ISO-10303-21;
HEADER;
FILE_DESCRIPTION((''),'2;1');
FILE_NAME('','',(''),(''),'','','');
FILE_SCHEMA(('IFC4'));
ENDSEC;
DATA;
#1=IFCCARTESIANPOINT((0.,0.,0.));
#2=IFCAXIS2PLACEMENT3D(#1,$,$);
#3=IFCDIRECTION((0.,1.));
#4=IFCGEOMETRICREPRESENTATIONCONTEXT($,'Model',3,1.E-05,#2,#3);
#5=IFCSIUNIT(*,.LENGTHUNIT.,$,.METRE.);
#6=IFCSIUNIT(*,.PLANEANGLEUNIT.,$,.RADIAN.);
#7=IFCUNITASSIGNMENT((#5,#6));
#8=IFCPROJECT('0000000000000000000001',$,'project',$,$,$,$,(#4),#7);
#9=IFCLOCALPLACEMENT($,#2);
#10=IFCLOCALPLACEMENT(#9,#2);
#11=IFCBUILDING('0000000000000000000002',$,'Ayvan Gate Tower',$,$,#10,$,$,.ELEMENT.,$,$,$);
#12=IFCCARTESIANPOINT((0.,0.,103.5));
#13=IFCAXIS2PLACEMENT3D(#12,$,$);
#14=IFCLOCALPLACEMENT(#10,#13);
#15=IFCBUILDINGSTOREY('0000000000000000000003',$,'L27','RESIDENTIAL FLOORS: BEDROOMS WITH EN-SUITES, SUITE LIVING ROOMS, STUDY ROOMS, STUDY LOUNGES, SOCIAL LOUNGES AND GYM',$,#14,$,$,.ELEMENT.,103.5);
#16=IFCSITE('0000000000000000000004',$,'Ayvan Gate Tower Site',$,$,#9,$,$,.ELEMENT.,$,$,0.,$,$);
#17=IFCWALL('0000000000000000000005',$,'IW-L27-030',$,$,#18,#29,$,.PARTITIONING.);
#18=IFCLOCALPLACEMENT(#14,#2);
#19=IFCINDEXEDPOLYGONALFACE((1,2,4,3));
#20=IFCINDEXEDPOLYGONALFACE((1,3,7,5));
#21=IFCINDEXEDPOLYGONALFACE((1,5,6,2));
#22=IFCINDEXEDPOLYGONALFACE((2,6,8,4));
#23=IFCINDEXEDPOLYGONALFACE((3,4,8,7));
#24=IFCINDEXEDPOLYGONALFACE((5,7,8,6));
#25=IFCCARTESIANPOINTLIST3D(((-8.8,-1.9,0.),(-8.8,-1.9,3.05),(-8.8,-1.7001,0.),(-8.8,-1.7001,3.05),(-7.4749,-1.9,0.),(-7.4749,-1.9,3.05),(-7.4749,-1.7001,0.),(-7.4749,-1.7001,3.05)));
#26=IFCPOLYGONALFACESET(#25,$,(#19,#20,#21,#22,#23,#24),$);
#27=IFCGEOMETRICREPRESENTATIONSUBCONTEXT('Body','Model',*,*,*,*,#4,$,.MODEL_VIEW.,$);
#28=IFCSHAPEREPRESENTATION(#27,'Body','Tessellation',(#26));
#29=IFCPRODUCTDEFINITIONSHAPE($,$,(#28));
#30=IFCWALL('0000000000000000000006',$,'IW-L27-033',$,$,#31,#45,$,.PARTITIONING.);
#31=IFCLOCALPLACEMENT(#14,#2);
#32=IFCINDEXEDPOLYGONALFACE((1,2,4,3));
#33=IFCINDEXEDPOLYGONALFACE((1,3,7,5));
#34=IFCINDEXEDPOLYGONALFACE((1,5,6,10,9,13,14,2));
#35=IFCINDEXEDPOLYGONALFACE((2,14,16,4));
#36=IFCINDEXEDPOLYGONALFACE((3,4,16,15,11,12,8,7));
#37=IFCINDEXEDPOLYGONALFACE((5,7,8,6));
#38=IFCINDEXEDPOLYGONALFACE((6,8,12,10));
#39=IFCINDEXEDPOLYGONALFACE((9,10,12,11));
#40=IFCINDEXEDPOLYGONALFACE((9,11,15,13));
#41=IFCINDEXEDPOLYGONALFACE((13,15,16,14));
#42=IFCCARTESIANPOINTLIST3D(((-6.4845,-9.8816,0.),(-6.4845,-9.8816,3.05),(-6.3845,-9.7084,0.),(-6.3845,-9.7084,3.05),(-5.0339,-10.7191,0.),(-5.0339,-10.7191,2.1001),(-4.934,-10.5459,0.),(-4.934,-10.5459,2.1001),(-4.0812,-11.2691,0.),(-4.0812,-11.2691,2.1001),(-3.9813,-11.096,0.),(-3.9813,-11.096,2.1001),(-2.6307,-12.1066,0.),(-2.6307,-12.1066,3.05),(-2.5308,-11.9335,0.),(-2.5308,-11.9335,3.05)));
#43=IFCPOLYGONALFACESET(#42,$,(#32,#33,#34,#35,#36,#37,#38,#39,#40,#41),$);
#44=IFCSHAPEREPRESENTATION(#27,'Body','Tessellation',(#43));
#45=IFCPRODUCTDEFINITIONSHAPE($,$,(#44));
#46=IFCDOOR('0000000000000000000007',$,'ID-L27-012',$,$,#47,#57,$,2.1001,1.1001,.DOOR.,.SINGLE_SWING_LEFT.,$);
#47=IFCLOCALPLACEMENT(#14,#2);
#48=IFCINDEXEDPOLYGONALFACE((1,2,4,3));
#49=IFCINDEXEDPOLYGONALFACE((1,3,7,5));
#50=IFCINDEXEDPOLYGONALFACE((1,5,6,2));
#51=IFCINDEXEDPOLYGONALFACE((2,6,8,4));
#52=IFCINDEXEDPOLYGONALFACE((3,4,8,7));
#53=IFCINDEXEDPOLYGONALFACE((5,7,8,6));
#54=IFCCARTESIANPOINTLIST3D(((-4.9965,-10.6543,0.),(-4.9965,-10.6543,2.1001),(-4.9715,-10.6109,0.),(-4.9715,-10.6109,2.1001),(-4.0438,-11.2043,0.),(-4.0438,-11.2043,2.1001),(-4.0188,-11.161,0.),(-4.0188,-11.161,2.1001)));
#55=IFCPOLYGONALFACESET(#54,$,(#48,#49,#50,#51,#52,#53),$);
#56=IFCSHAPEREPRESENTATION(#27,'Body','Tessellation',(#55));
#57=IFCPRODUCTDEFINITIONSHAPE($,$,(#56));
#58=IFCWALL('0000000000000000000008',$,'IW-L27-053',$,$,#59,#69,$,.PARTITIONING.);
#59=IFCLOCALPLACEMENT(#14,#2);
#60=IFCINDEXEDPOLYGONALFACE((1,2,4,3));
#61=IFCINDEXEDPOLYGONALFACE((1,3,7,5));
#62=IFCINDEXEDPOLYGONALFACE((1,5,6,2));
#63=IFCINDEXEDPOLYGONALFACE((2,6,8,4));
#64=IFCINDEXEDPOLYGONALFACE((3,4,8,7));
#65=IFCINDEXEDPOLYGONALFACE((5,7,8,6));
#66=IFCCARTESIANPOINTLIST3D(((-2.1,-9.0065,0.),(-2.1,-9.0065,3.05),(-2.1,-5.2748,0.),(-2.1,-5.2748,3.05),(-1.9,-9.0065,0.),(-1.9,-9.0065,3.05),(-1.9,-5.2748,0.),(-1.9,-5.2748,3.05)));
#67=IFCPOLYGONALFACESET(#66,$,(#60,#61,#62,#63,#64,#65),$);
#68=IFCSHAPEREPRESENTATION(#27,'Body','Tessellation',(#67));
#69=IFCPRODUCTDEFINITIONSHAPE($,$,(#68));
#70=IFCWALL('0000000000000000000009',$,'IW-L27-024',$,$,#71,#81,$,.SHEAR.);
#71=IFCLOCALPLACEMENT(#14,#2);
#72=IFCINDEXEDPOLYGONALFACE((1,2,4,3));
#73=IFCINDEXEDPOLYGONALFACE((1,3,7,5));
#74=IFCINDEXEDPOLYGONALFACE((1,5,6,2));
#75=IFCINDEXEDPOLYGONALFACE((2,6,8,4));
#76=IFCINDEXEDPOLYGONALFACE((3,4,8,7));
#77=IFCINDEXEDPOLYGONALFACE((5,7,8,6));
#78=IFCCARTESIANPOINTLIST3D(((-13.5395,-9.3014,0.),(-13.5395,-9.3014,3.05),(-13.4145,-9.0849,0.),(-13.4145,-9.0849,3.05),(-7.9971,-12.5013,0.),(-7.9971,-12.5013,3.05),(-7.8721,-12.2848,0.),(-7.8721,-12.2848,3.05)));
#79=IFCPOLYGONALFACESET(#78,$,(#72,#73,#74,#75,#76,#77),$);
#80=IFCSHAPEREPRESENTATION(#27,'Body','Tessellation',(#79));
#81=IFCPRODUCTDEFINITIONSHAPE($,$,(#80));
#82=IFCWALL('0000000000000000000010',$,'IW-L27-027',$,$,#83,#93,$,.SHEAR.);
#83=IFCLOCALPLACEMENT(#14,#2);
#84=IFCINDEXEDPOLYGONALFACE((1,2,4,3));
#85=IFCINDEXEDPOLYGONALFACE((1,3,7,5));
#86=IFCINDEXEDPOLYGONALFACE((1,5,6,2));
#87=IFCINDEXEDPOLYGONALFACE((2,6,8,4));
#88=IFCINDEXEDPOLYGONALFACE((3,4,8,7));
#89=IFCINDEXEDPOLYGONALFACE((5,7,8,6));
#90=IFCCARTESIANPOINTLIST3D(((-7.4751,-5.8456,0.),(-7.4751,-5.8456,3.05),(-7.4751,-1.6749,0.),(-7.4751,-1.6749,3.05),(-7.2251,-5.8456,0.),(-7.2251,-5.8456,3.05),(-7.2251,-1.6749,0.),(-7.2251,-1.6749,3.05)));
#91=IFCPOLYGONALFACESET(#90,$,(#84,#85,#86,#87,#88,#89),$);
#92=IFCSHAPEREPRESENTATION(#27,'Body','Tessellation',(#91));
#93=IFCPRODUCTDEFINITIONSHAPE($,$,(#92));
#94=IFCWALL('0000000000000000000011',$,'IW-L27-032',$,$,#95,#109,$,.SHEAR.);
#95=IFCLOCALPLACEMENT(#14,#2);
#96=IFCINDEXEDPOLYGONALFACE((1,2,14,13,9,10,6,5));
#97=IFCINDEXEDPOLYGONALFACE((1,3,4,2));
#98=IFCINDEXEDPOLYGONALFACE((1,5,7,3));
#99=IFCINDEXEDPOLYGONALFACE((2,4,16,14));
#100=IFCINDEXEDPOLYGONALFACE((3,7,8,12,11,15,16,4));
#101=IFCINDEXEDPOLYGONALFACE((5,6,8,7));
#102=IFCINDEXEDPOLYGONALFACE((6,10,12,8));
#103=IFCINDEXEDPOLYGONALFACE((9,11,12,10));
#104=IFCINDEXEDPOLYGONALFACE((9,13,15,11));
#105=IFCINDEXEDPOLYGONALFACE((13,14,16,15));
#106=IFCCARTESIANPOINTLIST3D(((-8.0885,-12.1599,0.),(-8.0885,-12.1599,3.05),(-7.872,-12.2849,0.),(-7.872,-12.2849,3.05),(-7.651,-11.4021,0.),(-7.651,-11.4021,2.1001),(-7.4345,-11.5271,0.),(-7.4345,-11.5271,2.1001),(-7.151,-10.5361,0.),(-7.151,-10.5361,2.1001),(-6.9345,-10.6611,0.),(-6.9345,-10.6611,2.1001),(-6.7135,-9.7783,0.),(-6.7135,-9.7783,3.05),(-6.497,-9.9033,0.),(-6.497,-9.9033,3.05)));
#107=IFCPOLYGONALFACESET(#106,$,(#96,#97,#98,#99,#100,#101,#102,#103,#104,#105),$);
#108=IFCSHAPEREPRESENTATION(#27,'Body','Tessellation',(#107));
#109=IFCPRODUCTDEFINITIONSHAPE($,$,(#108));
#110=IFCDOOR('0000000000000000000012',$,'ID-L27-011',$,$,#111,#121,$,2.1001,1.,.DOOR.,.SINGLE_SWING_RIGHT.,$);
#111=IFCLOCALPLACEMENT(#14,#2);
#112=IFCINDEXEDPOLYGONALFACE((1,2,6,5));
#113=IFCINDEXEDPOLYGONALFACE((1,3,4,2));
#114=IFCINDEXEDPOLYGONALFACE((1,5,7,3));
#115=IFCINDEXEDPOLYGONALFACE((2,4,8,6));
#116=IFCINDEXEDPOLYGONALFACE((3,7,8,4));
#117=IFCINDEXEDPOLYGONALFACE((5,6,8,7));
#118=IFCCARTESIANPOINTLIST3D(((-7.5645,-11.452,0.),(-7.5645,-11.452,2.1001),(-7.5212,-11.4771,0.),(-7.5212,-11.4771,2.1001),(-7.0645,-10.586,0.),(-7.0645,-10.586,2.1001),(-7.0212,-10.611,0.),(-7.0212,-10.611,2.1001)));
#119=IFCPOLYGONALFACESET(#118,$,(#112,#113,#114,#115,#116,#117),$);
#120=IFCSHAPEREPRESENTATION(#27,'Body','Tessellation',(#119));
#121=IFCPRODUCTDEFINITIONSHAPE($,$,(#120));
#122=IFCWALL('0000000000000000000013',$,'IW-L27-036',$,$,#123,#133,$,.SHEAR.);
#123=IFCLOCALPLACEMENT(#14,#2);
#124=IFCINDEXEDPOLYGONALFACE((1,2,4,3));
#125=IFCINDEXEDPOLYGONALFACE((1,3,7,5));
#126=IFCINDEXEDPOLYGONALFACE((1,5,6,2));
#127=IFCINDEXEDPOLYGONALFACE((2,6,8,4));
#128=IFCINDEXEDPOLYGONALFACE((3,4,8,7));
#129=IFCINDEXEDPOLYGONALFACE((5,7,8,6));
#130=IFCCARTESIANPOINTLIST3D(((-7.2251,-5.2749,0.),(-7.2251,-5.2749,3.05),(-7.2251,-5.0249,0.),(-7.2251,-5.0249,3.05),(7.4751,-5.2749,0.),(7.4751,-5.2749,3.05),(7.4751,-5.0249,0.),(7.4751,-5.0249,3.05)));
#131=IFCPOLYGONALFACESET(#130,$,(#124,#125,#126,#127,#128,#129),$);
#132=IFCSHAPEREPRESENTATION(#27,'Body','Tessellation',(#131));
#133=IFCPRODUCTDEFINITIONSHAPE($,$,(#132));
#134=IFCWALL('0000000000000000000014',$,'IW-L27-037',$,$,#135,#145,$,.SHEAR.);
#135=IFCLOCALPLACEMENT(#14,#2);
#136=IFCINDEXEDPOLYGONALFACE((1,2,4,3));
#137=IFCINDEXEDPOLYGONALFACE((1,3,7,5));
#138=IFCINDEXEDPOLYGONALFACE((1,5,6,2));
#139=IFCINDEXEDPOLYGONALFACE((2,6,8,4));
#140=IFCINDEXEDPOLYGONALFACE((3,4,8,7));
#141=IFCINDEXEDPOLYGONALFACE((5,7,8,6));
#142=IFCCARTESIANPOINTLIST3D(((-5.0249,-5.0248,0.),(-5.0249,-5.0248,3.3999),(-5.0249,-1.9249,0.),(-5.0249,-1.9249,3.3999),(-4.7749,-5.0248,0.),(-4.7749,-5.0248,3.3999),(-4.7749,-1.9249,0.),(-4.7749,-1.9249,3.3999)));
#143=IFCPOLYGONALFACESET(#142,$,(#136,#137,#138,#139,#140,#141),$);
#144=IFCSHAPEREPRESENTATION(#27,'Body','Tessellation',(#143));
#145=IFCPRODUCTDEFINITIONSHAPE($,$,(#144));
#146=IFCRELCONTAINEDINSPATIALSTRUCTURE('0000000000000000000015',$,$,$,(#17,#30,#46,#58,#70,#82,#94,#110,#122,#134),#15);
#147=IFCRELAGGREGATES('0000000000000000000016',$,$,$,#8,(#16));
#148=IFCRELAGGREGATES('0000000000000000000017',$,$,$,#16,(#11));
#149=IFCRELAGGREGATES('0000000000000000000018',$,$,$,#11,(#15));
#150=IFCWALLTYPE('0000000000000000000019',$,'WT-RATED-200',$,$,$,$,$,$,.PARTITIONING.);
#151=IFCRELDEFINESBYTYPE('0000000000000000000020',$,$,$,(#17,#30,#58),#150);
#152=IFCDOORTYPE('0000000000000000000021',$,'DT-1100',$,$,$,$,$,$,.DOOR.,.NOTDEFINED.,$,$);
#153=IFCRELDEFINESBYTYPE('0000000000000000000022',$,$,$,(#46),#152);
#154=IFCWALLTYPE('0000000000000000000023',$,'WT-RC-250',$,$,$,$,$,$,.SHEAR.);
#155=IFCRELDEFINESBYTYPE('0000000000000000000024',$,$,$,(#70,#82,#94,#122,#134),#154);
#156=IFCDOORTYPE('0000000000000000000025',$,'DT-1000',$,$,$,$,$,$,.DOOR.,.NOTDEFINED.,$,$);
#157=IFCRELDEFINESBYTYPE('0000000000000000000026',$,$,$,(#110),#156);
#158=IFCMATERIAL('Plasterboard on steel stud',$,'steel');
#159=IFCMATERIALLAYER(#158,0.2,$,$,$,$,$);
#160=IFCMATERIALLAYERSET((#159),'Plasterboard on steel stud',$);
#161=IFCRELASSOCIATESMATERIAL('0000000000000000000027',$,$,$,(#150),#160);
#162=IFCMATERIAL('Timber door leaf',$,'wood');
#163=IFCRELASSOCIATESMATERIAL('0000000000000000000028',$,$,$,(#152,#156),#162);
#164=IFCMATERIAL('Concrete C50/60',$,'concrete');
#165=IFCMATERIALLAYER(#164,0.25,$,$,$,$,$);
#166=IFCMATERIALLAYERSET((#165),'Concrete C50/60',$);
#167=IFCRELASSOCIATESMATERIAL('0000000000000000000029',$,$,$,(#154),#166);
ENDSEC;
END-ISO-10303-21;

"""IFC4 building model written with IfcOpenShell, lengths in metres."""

from ifc_helpers import new_model, si_unit, direction, frame, frame_2d, origin, place, context, subcontext, project, spatial, rectangle, extrude, material, layer, layer_set, type_object, element, fill, save


model = new_model("IFC4")

# Units and contexts
model_context = context("Model", 3, precision=1e-05, world=origin(), true_north=direction((0.0, 1.0)))
body_context = subcontext(model_context, "Body", "Model", "MODEL_VIEW")
ifc_project = project(units=[si_unit("LENGTHUNIT", "METRE"), si_unit("PLANEANGLEUNIT", "RADIAN")], contexts=[model_context])

# Site, building, storey
site_placement = place(None, origin())
site = spatial("IfcSite", under=ifc_project, at=site_placement, Name="Ayvan Gate Tower Site", CompositionType="ELEMENT", RefElevation=0.0)
building_placement = place(site_placement, origin())
building = spatial("IfcBuilding", under=site, at=building_placement, Name="Ayvan Gate Tower", CompositionType="ELEMENT")
storey_placement = place(building_placement, frame((0.0, 0.0, 103.5)))
storey = spatial("IfcBuildingStorey", under=building, at=storey_placement, Name="L27", Description="RESIDENTIAL FLOORS: BEDROOMS WITH EN-SUITES, SUITE LIVING ROOMS, STUDY ROOMS, STUDY LOUNGES, SOCIAL LOUNGES AND GYM", CompositionType="ELEMENT", Elevation=103.5)

# Wall
ifc_material_1 = material(Name="Plasterboard on steel stud", Category="steel")
ifc_layer_1 = layer(ifc_material_1, 0.2)
ifc_layer_set_1 = layer_set([ifc_layer_1], Name="Plasterboard on steel stud")
wall_type_1 = type_object("IfcWallType", Name="WT-RATED-200", PredefinedType="PARTITIONING", material=ifc_layer_set_1)
wall_1_placement = place(storey_placement, frame((-7.4749, -1.8, 0.0), z_axis=(0.0, 0.0, 1.0), x_axis=(-1.0, 0.0, 0.0)))
element("IfcWall", 1, at=wall_1_placement, inside=storey, type_object=wall_type_1, Name="IW-L27-030", PredefinedType="PARTITIONING", context=body_context, shape_type="SweptSolid", body=[
    extrude(rectangle(XDim=1.3252, YDim=0.2, at=frame_2d((0.6626, 0.0))), origin(), (0.0, 0.0, 1.0), 3.05),
])

# Wall, opening, door
wall_2_placement = place(storey_placement, frame((-6.4346, -9.7949, 0.0), z_axis=(0.0, 0.0, 1.0), x_axis=(0.866013, -0.500022, 0.0)))
wall_2 = element("IfcWall", 2, at=wall_2_placement, inside=storey, type_object=wall_type_1, Name="IW-L27-033", PredefinedType="PARTITIONING", context=body_context, shape_type="SweptSolid", body=[
    extrude(rectangle(XDim=4.45, YDim=0.2, at=frame_2d((2.2251, 0.0))), origin(), (0.0, 0.0, 1.0), 3.05),
])
opening_1_placement = place(wall_2_placement, frame((1.675, 0.0, 0.0)))
opening_1 = element("IfcOpeningElement", 3, at=opening_1_placement, cuts=wall_2, PredefinedType="OPENING", context=body_context, shape_type="SweptSolid", body=[
    extrude(rectangle(XDim=1.1001, YDim=2.1001, at=frame_2d((0.55, 1.05))), frame((0.0, 0.1099, 0.0), z_axis=(0.0, -1.0, 0.0), x_axis=(1.0, 0.0, 0.0)), (0.0, 0.0, 1.0), 0.22),
])
ifc_material_2 = material(Name="Timber door leaf", Category="wood")
door_type_1 = type_object("IfcDoorType", Name="DT-1100", OperationType="NOTDEFINED", PredefinedType="DOOR", material=ifc_material_2)
door_1_placement = place(opening_1_placement, origin())
door_1 = element("IfcDoor", 4, at=door_1_placement, inside=storey, type_object=door_type_1, Name="ID-L27-012", OperationType="SINGLE_SWING_LEFT", OverallHeight=2.1001, OverallWidth=1.1001, PredefinedType="DOOR", context=body_context, shape_type="SweptSolid", body=[
    extrude(rectangle(XDim=1.1001, YDim=2.1001, at=frame_2d((0.55, 1.05))), frame((0.0, 0.0249, 0.0), z_axis=(0.0, -1.0, 0.0), x_axis=(1.0, 0.0, 0.0)), (0.0, 0.0, 1.0), 0.05),
])
fill(opening_1, door_1)

# Walls
wall_3_placement = place(storey_placement, frame((-2.0, -5.2749, 0.0), z_axis=(0.0, 0.0, 1.0), x_axis=(0.0, -1.0, 0.0)))
element("IfcWall", 5, at=wall_3_placement, inside=storey, type_object=wall_type_1, Name="IW-L27-053", PredefinedType="PARTITIONING", context=body_context, shape_type="SweptSolid", body=[
    extrude(rectangle(XDim=3.7317, YDim=0.2, at=frame_2d((1.8657, 0.0))), origin(), (0.0, 0.0, 1.0), 3.05),
])
ifc_material_3 = material(Name="Concrete C50/60", Category="concrete")
ifc_layer_2 = layer(ifc_material_3, 0.25)
ifc_layer_set_2 = layer_set([ifc_layer_2], Name="Concrete C50/60")
wall_type_2 = type_object("IfcWallType", Name="WT-RC-250", PredefinedType="SHEAR", material=ifc_layer_set_2)
wall_4_placement = place(storey_placement, frame((-7.9346, -12.3931, 0.0), z_axis=(0.0, 0.0, 1.0), x_axis=(-0.866025, 0.5, 0.0)))
element("IfcWall", 6, at=wall_4_placement, inside=storey, type_object=wall_type_2, Name="IW-L27-024", PredefinedType="SHEAR", context=body_context, shape_type="SweptSolid", body=[
    extrude(rectangle(XDim=6.3999, YDim=0.25, at=frame_2d((3.2, 0.0))), origin(), (0.0, 0.0, 1.0), 3.05),
])
wall_5_placement = place(storey_placement, frame((-7.3501, -5.8457, 0.0), z_axis=(0.0, 0.0, 1.0), x_axis=(0.0, 1.0, 0.0)))
element("IfcWall", 7, at=wall_5_placement, inside=storey, type_object=wall_type_2, Name="IW-L27-027", PredefinedType="SHEAR", context=body_context, shape_type="SweptSolid", body=[
    extrude(rectangle(XDim=4.1707, YDim=0.25, at=frame_2d((2.0854, 0.0))), origin(), (0.0, 0.0, 1.0), 3.05),
])

# Wall, opening, door
wall_6_placement = place(storey_placement, frame((-6.6052, -9.8408, 0.0), z_axis=(0.0, 0.0, 1.0), x_axis=(-0.499997, -0.866027, 0.0)))
wall_6 = element("IfcWall", 8, at=wall_6_placement, inside=storey, type_object=wall_type_2, Name="IW-L27-032", PredefinedType="SHEAR", context=body_context, shape_type="SweptSolid", body=[
    extrude(rectangle(XDim=2.75, YDim=0.25, at=frame_2d((1.375, 0.0))), origin(), (0.0, 0.0, 1.0), 3.05),
])
opening_2_placement = place(wall_6_placement, frame((0.875, 0.0, 0.0)))
opening_2 = element("IfcOpeningElement", 9, at=opening_2_placement, cuts=wall_6, PredefinedType="OPENING", context=body_context, shape_type="SweptSolid", body=[
    extrude(rectangle(XDim=1.0, YDim=2.1001, at=frame_2d((0.5, 1.05))), frame((0.0, 0.135, 0.0), z_axis=(0.0, -1.0, 0.0), x_axis=(1.0, 0.0, 0.0)), (0.0, 0.0, 1.0), 0.27),
])
door_type_2 = type_object("IfcDoorType", Name="DT-1000", OperationType="NOTDEFINED", PredefinedType="DOOR", material=ifc_material_2)
door_2_placement = place(opening_2_placement, origin())
door_2 = element("IfcDoor", 10, at=door_2_placement, inside=storey, type_object=door_type_2, Name="ID-L27-011", OperationType="SINGLE_SWING_RIGHT", OverallHeight=2.1001, OverallWidth=1.0, PredefinedType="DOOR", context=body_context, shape_type="SweptSolid", body=[
    extrude(rectangle(XDim=1.0, YDim=2.1001, at=frame_2d((0.5, 1.05))), frame((0.0, 0.0249, 0.0), z_axis=(0.0, -1.0, 0.0), x_axis=(1.0, 0.0, 0.0)), (0.0, 0.0, 1.0), 0.05),
])
fill(opening_2, door_2)

# Walls
wall_7_placement = place(storey_placement, frame((-7.2251, -5.1499, 0.0), z_axis=(0.0, 0.0, 1.0), x_axis=(1.0, 0.0, 0.0)))
element("IfcWall", 11, at=wall_7_placement, inside=storey, type_object=wall_type_2, Name="IW-L27-036", PredefinedType="SHEAR", context=body_context, shape_type="SweptSolid", body=[
    extrude(rectangle(XDim=14.7002, YDim=0.25, at=frame_2d((7.3501, 0.0))), origin(), (0.0, 0.0, 1.0), 3.05),
])
wall_8_placement = place(storey_placement, frame((-4.8999, -1.925, 0.0), z_axis=(0.0, 0.0, 1.0), x_axis=(0.0, -1.0, 0.0)))
element("IfcWall", 12, at=wall_8_placement, inside=storey, type_object=wall_type_2, Name="IW-L27-037", PredefinedType="SHEAR", context=body_context, shape_type="SweptSolid", body=[
    extrude(rectangle(XDim=3.0999, YDim=0.25, at=frame_2d((1.5498, 0.0))), origin(), (0.0, 0.0, 1.0), 3.3999),
])

save(model, "model.ifc")
